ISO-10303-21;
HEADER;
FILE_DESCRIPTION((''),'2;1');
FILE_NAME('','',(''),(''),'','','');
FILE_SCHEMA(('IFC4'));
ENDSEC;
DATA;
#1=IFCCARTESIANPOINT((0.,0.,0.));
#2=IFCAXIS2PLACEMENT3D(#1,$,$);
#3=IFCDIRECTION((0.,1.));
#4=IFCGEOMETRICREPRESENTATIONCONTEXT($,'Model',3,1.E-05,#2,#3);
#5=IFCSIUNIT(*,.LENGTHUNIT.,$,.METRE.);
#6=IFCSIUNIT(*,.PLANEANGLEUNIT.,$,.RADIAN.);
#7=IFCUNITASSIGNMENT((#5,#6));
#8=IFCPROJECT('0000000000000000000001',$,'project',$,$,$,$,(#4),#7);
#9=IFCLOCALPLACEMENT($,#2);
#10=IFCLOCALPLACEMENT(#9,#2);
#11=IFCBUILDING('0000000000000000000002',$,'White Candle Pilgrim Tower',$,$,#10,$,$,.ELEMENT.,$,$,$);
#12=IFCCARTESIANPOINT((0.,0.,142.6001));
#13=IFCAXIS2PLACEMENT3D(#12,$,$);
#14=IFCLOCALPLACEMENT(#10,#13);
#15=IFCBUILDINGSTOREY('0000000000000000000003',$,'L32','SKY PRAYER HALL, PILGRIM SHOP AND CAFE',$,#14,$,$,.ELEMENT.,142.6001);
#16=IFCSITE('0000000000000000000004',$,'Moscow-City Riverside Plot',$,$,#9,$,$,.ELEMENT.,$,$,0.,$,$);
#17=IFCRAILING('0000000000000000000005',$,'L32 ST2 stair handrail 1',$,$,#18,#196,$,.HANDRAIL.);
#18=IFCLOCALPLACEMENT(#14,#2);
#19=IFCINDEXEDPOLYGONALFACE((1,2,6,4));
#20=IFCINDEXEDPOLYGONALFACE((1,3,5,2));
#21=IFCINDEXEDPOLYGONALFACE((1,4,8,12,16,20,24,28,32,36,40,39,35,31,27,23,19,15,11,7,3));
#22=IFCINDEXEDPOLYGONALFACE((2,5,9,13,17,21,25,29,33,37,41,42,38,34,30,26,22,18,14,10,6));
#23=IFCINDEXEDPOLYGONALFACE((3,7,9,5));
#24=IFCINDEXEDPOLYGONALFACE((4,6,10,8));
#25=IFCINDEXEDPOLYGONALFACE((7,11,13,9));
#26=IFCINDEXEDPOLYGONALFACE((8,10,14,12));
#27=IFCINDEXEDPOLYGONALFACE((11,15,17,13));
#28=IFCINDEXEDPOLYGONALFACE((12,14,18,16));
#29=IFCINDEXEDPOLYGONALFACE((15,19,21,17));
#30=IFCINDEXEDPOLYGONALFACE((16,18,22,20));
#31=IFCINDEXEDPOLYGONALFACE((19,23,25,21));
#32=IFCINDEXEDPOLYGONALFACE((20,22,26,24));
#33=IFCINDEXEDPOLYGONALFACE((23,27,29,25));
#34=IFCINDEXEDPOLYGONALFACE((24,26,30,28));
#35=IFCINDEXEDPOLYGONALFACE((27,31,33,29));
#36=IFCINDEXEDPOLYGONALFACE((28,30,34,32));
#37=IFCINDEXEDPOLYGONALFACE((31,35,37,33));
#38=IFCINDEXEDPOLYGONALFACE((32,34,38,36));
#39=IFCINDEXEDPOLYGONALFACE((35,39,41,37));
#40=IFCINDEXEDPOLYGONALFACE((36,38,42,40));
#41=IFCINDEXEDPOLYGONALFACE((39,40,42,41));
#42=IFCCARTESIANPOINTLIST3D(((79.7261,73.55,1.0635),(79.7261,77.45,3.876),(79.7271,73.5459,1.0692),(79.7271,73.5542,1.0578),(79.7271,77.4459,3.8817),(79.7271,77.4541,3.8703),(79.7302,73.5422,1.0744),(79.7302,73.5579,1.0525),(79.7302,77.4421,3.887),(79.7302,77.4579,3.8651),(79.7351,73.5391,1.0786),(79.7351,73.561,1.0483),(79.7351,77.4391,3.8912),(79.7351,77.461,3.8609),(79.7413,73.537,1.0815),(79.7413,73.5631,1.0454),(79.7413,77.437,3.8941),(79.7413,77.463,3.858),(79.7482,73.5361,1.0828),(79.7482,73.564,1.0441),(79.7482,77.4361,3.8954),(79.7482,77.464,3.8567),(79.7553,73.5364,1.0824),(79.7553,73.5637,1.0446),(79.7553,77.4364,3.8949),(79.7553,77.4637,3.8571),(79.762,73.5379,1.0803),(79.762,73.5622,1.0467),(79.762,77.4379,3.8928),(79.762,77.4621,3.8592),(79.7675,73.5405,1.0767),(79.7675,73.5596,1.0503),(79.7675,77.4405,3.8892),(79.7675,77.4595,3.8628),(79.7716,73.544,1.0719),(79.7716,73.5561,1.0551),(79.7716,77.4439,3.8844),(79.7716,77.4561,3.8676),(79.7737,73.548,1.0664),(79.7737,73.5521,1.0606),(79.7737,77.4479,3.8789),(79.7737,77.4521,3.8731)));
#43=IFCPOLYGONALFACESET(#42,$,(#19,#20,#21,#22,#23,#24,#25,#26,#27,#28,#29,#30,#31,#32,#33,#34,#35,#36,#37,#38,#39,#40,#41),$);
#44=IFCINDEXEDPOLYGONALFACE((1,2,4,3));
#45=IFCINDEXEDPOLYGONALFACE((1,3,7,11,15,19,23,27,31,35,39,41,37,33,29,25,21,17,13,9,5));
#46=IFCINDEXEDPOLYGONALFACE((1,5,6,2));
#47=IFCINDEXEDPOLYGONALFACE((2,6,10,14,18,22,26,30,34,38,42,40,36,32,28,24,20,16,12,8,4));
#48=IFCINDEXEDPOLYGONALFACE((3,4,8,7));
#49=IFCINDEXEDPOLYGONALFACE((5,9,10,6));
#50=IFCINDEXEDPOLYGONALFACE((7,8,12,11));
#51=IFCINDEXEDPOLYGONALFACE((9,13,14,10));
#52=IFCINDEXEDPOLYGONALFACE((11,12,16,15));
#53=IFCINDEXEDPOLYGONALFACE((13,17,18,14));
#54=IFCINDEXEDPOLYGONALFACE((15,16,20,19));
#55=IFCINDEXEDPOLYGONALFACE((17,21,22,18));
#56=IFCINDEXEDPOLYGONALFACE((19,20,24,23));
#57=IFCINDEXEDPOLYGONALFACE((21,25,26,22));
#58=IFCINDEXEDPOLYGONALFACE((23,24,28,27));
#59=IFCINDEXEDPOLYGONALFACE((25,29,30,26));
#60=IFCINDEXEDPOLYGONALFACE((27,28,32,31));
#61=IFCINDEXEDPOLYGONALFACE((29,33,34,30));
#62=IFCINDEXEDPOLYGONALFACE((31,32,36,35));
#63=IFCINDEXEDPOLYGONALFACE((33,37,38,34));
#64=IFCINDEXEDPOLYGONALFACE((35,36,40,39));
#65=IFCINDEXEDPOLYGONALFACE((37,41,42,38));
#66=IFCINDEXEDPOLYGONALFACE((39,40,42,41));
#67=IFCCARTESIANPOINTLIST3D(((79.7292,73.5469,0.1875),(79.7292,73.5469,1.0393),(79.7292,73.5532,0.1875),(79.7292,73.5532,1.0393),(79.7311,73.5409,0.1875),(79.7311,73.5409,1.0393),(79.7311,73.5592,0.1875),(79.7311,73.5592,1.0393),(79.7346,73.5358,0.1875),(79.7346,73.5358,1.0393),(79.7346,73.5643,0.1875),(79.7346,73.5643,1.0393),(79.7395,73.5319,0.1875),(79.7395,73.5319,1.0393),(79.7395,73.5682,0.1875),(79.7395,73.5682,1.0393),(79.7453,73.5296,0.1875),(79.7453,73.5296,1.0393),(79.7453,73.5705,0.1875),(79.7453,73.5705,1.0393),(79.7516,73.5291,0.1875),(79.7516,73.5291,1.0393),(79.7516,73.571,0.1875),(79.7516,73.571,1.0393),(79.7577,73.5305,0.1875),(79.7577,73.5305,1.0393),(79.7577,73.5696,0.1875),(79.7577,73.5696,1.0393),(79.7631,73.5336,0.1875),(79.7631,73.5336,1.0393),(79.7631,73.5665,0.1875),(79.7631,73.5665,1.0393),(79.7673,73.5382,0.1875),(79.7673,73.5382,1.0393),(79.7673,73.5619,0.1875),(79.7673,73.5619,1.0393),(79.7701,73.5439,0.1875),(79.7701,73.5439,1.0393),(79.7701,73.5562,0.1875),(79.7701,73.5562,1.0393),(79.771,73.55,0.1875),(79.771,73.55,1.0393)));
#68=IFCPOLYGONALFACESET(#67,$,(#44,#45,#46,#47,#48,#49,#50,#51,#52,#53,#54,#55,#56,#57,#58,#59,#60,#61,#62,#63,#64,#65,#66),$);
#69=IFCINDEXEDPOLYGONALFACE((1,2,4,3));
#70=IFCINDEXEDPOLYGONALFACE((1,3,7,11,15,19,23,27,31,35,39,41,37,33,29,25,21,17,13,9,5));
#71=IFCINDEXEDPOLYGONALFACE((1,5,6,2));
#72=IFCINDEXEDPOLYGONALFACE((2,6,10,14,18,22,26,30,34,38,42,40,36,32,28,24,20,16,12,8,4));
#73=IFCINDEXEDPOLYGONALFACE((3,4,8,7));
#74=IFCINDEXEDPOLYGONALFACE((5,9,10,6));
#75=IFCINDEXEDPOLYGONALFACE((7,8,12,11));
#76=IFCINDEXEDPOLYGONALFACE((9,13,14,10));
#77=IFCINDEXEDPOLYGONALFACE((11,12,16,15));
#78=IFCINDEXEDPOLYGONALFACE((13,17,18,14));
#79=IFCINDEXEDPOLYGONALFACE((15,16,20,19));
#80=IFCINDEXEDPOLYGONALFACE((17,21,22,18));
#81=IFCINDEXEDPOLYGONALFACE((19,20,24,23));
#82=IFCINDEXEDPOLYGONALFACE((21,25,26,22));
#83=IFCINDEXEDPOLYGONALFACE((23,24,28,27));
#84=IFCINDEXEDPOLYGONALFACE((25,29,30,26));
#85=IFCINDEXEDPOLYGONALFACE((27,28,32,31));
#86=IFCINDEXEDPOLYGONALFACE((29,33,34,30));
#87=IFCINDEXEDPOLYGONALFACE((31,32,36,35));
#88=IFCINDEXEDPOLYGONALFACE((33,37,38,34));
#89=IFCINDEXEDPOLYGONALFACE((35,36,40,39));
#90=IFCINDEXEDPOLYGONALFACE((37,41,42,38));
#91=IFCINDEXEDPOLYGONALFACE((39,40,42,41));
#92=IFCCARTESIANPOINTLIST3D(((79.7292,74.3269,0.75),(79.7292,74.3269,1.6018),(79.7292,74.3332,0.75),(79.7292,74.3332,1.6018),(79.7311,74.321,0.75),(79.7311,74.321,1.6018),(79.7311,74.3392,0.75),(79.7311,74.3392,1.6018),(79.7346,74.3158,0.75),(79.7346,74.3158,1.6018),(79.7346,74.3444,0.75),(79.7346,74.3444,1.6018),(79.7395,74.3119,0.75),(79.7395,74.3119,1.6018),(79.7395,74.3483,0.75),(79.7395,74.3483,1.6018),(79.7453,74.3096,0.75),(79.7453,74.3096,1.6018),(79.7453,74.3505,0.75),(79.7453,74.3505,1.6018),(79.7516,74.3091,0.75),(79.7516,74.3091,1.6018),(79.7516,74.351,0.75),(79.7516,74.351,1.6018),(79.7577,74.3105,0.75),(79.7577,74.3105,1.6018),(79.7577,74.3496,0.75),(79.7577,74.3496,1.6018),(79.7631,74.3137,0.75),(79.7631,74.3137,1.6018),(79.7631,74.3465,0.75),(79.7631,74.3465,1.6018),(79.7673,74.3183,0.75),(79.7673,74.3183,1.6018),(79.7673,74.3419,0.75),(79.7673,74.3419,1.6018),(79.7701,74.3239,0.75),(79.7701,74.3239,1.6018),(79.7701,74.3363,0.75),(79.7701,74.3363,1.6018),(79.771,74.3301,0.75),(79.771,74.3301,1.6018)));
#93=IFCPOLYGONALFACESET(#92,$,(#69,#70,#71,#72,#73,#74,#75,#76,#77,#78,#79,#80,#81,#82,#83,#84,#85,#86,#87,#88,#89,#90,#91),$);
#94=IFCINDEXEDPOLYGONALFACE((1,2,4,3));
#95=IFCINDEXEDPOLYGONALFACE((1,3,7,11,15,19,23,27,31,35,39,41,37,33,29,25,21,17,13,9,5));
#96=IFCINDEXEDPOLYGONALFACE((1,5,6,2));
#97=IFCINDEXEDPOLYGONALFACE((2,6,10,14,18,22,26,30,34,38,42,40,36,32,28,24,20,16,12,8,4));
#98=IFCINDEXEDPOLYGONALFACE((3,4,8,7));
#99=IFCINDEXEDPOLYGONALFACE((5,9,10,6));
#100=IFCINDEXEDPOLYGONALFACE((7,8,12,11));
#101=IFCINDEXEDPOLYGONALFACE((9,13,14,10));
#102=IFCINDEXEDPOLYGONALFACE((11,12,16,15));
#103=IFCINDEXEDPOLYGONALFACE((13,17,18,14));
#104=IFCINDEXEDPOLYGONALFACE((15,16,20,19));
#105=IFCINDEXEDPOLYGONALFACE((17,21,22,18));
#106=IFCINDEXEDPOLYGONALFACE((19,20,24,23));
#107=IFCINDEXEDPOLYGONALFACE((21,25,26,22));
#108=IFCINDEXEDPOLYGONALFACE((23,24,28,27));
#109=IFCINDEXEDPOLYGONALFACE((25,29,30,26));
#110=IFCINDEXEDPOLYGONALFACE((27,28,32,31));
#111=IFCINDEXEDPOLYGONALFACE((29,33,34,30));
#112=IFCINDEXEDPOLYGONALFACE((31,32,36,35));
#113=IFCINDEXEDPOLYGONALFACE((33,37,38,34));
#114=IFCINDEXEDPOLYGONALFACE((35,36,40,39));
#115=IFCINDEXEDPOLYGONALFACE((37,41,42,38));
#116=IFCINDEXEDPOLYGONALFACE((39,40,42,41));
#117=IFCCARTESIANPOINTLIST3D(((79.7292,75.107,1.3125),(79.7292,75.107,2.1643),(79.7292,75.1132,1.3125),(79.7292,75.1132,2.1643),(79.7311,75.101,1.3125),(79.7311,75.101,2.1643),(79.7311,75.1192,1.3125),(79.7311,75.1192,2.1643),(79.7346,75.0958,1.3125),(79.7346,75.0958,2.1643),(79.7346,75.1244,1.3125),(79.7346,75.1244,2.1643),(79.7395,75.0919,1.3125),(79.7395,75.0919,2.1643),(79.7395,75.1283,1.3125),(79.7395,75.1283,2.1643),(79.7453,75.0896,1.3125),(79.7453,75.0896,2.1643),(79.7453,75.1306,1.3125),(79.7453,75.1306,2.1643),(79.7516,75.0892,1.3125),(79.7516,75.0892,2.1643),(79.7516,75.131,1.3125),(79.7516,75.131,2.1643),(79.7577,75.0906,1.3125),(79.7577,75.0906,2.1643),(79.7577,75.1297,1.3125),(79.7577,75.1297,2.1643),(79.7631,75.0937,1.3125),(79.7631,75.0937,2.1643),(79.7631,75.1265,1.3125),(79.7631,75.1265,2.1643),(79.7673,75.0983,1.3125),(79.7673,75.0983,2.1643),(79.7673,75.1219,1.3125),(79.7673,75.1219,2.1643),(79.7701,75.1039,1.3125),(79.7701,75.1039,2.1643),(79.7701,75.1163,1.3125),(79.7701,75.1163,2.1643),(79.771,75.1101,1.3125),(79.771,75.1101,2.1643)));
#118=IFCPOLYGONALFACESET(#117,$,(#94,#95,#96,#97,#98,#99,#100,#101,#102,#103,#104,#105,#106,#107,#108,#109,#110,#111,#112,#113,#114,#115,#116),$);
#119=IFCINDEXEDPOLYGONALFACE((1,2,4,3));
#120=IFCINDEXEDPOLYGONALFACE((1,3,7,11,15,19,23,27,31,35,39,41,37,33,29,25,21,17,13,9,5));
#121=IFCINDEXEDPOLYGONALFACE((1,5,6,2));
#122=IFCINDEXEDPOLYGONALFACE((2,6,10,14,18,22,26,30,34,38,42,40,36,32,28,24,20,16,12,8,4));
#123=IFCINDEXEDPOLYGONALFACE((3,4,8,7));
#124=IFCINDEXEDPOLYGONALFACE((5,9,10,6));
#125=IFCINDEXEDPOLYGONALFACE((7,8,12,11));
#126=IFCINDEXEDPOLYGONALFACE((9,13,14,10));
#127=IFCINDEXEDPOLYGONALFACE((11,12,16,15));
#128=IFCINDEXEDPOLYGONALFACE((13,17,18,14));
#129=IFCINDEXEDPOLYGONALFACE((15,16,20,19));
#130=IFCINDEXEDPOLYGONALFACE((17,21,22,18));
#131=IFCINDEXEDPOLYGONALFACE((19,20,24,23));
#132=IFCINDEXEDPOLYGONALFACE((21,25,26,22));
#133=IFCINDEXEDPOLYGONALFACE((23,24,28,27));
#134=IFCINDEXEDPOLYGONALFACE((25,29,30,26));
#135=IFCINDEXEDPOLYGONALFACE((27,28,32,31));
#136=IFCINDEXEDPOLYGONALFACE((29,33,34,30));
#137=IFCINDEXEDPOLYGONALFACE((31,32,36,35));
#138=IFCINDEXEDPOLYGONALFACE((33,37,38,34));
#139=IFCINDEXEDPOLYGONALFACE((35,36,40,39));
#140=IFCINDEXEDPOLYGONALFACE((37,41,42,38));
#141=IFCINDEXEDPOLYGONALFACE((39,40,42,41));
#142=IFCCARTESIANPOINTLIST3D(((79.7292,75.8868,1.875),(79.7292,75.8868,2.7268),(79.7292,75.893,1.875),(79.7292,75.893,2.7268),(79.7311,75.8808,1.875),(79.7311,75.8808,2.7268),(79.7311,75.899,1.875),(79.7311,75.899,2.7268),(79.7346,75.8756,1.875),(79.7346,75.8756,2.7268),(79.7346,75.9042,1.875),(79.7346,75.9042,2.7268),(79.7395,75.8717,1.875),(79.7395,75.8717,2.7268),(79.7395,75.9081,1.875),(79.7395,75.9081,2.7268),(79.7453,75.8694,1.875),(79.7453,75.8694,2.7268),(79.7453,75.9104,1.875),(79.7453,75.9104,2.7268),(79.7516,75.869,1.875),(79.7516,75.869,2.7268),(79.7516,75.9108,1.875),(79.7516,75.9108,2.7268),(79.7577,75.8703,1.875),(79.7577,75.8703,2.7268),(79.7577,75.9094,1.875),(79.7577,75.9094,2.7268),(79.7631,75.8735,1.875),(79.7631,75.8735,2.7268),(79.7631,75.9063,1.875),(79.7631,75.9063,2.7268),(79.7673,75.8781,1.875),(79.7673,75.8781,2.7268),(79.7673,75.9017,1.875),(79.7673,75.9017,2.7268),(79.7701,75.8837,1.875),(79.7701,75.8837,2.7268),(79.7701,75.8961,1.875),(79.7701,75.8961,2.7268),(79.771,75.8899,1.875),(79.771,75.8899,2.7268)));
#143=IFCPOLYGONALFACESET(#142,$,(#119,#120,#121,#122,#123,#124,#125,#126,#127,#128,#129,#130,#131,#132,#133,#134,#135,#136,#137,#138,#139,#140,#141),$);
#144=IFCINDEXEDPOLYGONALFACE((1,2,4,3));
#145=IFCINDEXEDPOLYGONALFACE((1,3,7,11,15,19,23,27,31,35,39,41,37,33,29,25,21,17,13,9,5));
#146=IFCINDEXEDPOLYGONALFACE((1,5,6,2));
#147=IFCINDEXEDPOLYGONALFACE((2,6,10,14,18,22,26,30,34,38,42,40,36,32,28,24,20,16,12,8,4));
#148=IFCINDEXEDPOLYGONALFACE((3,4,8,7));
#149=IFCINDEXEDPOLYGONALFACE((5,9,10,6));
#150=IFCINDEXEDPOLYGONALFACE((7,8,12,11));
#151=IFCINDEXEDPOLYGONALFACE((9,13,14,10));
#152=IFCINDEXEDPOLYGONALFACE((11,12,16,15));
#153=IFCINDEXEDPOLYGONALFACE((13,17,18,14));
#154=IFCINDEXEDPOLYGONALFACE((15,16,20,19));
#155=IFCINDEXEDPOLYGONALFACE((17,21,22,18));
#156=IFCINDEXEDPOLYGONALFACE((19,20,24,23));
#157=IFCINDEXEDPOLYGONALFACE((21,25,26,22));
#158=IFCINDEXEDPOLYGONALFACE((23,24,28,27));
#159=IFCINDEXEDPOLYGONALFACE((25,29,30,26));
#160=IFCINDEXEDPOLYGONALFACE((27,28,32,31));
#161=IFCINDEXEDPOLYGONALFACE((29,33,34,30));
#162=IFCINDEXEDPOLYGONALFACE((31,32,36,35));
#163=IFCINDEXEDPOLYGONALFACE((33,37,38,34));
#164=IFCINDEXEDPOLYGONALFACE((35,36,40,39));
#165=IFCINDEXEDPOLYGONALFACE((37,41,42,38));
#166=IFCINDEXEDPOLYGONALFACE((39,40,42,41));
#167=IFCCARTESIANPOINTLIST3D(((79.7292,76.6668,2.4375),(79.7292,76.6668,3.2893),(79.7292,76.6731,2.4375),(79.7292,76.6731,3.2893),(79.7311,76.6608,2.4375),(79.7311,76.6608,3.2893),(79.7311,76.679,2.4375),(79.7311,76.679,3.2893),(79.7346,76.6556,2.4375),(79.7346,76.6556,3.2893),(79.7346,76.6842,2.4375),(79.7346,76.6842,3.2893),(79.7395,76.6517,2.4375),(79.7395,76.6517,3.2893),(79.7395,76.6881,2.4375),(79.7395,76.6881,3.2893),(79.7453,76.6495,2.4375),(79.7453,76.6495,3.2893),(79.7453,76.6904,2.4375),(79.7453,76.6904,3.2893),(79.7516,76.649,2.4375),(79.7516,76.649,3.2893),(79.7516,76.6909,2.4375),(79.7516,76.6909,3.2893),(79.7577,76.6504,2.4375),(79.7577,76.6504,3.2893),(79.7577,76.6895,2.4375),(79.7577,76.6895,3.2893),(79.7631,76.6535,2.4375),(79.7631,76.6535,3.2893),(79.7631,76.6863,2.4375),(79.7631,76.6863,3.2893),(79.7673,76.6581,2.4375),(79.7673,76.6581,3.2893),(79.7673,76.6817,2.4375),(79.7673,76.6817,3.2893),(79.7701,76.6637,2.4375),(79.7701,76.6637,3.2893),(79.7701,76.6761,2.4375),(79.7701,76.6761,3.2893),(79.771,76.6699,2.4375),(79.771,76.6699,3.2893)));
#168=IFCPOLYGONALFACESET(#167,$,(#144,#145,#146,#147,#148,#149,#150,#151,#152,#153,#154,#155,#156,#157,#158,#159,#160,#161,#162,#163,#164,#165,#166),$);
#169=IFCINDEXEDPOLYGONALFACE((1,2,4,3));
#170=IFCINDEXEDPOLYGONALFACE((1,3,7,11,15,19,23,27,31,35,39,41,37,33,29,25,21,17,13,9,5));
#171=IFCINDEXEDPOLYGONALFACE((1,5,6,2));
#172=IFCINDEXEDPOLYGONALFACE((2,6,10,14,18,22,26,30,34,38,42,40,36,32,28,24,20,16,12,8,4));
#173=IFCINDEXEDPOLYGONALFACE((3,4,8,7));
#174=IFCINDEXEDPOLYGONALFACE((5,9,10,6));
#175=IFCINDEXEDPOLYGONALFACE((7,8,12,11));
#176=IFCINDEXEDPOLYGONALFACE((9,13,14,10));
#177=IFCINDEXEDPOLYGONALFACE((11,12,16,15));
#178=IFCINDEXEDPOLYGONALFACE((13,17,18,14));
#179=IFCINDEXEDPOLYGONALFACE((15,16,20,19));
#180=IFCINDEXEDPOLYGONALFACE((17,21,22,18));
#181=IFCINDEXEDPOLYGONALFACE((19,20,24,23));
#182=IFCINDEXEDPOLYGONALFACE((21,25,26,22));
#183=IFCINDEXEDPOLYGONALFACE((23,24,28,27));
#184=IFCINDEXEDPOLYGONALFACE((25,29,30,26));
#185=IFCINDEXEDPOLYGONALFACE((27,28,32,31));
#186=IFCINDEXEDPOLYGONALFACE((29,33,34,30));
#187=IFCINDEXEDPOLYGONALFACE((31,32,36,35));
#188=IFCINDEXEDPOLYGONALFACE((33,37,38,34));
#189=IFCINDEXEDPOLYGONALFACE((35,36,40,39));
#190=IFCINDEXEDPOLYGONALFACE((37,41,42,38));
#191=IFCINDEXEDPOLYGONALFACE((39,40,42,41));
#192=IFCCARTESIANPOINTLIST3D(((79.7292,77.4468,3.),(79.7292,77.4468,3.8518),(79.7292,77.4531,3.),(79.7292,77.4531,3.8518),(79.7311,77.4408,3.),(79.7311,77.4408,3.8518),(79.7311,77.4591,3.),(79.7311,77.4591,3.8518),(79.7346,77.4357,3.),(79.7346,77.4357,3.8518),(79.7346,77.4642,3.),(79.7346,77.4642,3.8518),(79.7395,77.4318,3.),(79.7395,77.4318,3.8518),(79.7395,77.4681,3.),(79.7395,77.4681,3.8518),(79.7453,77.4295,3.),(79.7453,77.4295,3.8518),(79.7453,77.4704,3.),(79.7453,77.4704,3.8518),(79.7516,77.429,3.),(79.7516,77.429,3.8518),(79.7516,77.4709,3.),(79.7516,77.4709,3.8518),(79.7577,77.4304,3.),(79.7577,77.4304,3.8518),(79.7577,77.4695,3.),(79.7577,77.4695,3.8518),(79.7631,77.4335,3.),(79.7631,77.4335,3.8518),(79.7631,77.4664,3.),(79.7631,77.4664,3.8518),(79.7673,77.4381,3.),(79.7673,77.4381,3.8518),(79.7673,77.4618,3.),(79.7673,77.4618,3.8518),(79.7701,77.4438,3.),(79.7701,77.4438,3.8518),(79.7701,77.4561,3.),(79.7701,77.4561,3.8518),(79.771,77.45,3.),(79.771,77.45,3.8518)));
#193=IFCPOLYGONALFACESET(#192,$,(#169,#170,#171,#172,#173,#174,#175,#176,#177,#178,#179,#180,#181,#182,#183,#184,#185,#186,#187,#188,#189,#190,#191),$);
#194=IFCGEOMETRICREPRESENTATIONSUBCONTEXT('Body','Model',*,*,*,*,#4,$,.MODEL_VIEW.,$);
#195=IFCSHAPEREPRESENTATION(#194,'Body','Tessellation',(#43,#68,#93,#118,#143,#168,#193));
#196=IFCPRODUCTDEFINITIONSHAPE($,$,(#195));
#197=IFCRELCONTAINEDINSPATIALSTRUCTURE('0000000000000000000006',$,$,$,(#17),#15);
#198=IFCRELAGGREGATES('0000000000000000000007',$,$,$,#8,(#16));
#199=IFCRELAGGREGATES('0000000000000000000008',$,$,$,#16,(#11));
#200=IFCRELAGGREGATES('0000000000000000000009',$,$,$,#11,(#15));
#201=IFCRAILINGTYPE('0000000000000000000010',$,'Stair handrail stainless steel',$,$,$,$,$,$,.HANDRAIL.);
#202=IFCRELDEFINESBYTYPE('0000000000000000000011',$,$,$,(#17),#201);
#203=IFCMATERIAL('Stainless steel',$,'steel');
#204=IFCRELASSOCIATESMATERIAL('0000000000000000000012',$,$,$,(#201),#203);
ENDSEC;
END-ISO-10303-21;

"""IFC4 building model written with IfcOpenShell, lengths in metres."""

from ifc_helpers import new_model, si_unit, direction, frame, origin, origin_2d, place, context, subcontext, project, spatial, circle, extrude, material, type_object, element, save


model = new_model("IFC4")

# Units and contexts
model_context = context("Model", 3, precision=1e-05, world=origin(), true_north=direction((0.0, 1.0)))
body_context = subcontext(model_context, "Body", "Model", "MODEL_VIEW")
ifc_project = project(units=[si_unit("LENGTHUNIT", "METRE"), si_unit("PLANEANGLEUNIT", "RADIAN")], contexts=[model_context])

# Site, building, storey
site_placement = place(None, origin())
site = spatial("IfcSite", under=ifc_project, at=site_placement, Name="Moscow-City Riverside Plot", CompositionType="ELEMENT", RefElevation=0.0)
building_placement = place(site_placement, origin())
building = spatial("IfcBuilding", under=site, at=building_placement, Name="White Candle Pilgrim Tower", CompositionType="ELEMENT")
storey_placement = place(building_placement, frame((0.0, 0.0, 142.6001)))
storey = spatial("IfcBuildingStorey", under=building, at=storey_placement, Name="L32", Description="SKY PRAYER HALL, PILGRIM SHOP AND CAFE", CompositionType="ELEMENT", Elevation=142.6001)

# Railing
ifc_material_1 = material(Name="Stainless steel", Category="steel")
railing_type_1 = type_object("IfcRailingType", Name="Stair handrail stainless steel", PredefinedType="HANDRAIL", material=ifc_material_1)
railing_1_placement = place(storey_placement, frame((79.75, 73.55, 0.1875)))
element("IfcRailing", 1, at=railing_1_placement, inside=storey, type_object=railing_type_1, Name="L32 ST2 stair handrail 1", PredefinedType="HANDRAIL", context=body_context, shape_type="SweptSolid", body=[
    extrude(circle(Radius=0.0239, at=origin_2d()), frame((0.0, 0.0, 0.876), z_axis=(0.0, 0.811083, 0.584931), x_axis=(-1.0, 0.0, 0.0)), (0.0, 0.0, 1.0), 4.8083),
    extrude(circle(Radius=0.021, at=origin_2d()), origin(), (0.0, 0.0, 1.0), 0.8518),
    extrude(circle(Radius=0.021, at=origin_2d()), frame((0.0, 0.78, 0.5625)), (0.0, 0.0, 1.0), 0.8518),
    extrude(circle(Radius=0.021, at=origin_2d()), frame((0.0, 1.5601, 1.125)), (0.0, 0.0, 1.0), 0.8518),
    extrude(circle(Radius=0.021, at=origin_2d()), frame((0.0, 2.3398, 1.6875)), (0.0, 0.0, 1.0), 0.8518),
    extrude(circle(Radius=0.021, at=origin_2d()), frame((0.0, 3.1199, 2.25)), (0.0, 0.0, 1.0), 0.8518),
    extrude(circle(Radius=0.021, at=origin_2d()), frame((0.0, 3.8999, 2.8125)), (0.0, 0.0, 1.0), 0.8518),
])

save(model, "model.ifc")
